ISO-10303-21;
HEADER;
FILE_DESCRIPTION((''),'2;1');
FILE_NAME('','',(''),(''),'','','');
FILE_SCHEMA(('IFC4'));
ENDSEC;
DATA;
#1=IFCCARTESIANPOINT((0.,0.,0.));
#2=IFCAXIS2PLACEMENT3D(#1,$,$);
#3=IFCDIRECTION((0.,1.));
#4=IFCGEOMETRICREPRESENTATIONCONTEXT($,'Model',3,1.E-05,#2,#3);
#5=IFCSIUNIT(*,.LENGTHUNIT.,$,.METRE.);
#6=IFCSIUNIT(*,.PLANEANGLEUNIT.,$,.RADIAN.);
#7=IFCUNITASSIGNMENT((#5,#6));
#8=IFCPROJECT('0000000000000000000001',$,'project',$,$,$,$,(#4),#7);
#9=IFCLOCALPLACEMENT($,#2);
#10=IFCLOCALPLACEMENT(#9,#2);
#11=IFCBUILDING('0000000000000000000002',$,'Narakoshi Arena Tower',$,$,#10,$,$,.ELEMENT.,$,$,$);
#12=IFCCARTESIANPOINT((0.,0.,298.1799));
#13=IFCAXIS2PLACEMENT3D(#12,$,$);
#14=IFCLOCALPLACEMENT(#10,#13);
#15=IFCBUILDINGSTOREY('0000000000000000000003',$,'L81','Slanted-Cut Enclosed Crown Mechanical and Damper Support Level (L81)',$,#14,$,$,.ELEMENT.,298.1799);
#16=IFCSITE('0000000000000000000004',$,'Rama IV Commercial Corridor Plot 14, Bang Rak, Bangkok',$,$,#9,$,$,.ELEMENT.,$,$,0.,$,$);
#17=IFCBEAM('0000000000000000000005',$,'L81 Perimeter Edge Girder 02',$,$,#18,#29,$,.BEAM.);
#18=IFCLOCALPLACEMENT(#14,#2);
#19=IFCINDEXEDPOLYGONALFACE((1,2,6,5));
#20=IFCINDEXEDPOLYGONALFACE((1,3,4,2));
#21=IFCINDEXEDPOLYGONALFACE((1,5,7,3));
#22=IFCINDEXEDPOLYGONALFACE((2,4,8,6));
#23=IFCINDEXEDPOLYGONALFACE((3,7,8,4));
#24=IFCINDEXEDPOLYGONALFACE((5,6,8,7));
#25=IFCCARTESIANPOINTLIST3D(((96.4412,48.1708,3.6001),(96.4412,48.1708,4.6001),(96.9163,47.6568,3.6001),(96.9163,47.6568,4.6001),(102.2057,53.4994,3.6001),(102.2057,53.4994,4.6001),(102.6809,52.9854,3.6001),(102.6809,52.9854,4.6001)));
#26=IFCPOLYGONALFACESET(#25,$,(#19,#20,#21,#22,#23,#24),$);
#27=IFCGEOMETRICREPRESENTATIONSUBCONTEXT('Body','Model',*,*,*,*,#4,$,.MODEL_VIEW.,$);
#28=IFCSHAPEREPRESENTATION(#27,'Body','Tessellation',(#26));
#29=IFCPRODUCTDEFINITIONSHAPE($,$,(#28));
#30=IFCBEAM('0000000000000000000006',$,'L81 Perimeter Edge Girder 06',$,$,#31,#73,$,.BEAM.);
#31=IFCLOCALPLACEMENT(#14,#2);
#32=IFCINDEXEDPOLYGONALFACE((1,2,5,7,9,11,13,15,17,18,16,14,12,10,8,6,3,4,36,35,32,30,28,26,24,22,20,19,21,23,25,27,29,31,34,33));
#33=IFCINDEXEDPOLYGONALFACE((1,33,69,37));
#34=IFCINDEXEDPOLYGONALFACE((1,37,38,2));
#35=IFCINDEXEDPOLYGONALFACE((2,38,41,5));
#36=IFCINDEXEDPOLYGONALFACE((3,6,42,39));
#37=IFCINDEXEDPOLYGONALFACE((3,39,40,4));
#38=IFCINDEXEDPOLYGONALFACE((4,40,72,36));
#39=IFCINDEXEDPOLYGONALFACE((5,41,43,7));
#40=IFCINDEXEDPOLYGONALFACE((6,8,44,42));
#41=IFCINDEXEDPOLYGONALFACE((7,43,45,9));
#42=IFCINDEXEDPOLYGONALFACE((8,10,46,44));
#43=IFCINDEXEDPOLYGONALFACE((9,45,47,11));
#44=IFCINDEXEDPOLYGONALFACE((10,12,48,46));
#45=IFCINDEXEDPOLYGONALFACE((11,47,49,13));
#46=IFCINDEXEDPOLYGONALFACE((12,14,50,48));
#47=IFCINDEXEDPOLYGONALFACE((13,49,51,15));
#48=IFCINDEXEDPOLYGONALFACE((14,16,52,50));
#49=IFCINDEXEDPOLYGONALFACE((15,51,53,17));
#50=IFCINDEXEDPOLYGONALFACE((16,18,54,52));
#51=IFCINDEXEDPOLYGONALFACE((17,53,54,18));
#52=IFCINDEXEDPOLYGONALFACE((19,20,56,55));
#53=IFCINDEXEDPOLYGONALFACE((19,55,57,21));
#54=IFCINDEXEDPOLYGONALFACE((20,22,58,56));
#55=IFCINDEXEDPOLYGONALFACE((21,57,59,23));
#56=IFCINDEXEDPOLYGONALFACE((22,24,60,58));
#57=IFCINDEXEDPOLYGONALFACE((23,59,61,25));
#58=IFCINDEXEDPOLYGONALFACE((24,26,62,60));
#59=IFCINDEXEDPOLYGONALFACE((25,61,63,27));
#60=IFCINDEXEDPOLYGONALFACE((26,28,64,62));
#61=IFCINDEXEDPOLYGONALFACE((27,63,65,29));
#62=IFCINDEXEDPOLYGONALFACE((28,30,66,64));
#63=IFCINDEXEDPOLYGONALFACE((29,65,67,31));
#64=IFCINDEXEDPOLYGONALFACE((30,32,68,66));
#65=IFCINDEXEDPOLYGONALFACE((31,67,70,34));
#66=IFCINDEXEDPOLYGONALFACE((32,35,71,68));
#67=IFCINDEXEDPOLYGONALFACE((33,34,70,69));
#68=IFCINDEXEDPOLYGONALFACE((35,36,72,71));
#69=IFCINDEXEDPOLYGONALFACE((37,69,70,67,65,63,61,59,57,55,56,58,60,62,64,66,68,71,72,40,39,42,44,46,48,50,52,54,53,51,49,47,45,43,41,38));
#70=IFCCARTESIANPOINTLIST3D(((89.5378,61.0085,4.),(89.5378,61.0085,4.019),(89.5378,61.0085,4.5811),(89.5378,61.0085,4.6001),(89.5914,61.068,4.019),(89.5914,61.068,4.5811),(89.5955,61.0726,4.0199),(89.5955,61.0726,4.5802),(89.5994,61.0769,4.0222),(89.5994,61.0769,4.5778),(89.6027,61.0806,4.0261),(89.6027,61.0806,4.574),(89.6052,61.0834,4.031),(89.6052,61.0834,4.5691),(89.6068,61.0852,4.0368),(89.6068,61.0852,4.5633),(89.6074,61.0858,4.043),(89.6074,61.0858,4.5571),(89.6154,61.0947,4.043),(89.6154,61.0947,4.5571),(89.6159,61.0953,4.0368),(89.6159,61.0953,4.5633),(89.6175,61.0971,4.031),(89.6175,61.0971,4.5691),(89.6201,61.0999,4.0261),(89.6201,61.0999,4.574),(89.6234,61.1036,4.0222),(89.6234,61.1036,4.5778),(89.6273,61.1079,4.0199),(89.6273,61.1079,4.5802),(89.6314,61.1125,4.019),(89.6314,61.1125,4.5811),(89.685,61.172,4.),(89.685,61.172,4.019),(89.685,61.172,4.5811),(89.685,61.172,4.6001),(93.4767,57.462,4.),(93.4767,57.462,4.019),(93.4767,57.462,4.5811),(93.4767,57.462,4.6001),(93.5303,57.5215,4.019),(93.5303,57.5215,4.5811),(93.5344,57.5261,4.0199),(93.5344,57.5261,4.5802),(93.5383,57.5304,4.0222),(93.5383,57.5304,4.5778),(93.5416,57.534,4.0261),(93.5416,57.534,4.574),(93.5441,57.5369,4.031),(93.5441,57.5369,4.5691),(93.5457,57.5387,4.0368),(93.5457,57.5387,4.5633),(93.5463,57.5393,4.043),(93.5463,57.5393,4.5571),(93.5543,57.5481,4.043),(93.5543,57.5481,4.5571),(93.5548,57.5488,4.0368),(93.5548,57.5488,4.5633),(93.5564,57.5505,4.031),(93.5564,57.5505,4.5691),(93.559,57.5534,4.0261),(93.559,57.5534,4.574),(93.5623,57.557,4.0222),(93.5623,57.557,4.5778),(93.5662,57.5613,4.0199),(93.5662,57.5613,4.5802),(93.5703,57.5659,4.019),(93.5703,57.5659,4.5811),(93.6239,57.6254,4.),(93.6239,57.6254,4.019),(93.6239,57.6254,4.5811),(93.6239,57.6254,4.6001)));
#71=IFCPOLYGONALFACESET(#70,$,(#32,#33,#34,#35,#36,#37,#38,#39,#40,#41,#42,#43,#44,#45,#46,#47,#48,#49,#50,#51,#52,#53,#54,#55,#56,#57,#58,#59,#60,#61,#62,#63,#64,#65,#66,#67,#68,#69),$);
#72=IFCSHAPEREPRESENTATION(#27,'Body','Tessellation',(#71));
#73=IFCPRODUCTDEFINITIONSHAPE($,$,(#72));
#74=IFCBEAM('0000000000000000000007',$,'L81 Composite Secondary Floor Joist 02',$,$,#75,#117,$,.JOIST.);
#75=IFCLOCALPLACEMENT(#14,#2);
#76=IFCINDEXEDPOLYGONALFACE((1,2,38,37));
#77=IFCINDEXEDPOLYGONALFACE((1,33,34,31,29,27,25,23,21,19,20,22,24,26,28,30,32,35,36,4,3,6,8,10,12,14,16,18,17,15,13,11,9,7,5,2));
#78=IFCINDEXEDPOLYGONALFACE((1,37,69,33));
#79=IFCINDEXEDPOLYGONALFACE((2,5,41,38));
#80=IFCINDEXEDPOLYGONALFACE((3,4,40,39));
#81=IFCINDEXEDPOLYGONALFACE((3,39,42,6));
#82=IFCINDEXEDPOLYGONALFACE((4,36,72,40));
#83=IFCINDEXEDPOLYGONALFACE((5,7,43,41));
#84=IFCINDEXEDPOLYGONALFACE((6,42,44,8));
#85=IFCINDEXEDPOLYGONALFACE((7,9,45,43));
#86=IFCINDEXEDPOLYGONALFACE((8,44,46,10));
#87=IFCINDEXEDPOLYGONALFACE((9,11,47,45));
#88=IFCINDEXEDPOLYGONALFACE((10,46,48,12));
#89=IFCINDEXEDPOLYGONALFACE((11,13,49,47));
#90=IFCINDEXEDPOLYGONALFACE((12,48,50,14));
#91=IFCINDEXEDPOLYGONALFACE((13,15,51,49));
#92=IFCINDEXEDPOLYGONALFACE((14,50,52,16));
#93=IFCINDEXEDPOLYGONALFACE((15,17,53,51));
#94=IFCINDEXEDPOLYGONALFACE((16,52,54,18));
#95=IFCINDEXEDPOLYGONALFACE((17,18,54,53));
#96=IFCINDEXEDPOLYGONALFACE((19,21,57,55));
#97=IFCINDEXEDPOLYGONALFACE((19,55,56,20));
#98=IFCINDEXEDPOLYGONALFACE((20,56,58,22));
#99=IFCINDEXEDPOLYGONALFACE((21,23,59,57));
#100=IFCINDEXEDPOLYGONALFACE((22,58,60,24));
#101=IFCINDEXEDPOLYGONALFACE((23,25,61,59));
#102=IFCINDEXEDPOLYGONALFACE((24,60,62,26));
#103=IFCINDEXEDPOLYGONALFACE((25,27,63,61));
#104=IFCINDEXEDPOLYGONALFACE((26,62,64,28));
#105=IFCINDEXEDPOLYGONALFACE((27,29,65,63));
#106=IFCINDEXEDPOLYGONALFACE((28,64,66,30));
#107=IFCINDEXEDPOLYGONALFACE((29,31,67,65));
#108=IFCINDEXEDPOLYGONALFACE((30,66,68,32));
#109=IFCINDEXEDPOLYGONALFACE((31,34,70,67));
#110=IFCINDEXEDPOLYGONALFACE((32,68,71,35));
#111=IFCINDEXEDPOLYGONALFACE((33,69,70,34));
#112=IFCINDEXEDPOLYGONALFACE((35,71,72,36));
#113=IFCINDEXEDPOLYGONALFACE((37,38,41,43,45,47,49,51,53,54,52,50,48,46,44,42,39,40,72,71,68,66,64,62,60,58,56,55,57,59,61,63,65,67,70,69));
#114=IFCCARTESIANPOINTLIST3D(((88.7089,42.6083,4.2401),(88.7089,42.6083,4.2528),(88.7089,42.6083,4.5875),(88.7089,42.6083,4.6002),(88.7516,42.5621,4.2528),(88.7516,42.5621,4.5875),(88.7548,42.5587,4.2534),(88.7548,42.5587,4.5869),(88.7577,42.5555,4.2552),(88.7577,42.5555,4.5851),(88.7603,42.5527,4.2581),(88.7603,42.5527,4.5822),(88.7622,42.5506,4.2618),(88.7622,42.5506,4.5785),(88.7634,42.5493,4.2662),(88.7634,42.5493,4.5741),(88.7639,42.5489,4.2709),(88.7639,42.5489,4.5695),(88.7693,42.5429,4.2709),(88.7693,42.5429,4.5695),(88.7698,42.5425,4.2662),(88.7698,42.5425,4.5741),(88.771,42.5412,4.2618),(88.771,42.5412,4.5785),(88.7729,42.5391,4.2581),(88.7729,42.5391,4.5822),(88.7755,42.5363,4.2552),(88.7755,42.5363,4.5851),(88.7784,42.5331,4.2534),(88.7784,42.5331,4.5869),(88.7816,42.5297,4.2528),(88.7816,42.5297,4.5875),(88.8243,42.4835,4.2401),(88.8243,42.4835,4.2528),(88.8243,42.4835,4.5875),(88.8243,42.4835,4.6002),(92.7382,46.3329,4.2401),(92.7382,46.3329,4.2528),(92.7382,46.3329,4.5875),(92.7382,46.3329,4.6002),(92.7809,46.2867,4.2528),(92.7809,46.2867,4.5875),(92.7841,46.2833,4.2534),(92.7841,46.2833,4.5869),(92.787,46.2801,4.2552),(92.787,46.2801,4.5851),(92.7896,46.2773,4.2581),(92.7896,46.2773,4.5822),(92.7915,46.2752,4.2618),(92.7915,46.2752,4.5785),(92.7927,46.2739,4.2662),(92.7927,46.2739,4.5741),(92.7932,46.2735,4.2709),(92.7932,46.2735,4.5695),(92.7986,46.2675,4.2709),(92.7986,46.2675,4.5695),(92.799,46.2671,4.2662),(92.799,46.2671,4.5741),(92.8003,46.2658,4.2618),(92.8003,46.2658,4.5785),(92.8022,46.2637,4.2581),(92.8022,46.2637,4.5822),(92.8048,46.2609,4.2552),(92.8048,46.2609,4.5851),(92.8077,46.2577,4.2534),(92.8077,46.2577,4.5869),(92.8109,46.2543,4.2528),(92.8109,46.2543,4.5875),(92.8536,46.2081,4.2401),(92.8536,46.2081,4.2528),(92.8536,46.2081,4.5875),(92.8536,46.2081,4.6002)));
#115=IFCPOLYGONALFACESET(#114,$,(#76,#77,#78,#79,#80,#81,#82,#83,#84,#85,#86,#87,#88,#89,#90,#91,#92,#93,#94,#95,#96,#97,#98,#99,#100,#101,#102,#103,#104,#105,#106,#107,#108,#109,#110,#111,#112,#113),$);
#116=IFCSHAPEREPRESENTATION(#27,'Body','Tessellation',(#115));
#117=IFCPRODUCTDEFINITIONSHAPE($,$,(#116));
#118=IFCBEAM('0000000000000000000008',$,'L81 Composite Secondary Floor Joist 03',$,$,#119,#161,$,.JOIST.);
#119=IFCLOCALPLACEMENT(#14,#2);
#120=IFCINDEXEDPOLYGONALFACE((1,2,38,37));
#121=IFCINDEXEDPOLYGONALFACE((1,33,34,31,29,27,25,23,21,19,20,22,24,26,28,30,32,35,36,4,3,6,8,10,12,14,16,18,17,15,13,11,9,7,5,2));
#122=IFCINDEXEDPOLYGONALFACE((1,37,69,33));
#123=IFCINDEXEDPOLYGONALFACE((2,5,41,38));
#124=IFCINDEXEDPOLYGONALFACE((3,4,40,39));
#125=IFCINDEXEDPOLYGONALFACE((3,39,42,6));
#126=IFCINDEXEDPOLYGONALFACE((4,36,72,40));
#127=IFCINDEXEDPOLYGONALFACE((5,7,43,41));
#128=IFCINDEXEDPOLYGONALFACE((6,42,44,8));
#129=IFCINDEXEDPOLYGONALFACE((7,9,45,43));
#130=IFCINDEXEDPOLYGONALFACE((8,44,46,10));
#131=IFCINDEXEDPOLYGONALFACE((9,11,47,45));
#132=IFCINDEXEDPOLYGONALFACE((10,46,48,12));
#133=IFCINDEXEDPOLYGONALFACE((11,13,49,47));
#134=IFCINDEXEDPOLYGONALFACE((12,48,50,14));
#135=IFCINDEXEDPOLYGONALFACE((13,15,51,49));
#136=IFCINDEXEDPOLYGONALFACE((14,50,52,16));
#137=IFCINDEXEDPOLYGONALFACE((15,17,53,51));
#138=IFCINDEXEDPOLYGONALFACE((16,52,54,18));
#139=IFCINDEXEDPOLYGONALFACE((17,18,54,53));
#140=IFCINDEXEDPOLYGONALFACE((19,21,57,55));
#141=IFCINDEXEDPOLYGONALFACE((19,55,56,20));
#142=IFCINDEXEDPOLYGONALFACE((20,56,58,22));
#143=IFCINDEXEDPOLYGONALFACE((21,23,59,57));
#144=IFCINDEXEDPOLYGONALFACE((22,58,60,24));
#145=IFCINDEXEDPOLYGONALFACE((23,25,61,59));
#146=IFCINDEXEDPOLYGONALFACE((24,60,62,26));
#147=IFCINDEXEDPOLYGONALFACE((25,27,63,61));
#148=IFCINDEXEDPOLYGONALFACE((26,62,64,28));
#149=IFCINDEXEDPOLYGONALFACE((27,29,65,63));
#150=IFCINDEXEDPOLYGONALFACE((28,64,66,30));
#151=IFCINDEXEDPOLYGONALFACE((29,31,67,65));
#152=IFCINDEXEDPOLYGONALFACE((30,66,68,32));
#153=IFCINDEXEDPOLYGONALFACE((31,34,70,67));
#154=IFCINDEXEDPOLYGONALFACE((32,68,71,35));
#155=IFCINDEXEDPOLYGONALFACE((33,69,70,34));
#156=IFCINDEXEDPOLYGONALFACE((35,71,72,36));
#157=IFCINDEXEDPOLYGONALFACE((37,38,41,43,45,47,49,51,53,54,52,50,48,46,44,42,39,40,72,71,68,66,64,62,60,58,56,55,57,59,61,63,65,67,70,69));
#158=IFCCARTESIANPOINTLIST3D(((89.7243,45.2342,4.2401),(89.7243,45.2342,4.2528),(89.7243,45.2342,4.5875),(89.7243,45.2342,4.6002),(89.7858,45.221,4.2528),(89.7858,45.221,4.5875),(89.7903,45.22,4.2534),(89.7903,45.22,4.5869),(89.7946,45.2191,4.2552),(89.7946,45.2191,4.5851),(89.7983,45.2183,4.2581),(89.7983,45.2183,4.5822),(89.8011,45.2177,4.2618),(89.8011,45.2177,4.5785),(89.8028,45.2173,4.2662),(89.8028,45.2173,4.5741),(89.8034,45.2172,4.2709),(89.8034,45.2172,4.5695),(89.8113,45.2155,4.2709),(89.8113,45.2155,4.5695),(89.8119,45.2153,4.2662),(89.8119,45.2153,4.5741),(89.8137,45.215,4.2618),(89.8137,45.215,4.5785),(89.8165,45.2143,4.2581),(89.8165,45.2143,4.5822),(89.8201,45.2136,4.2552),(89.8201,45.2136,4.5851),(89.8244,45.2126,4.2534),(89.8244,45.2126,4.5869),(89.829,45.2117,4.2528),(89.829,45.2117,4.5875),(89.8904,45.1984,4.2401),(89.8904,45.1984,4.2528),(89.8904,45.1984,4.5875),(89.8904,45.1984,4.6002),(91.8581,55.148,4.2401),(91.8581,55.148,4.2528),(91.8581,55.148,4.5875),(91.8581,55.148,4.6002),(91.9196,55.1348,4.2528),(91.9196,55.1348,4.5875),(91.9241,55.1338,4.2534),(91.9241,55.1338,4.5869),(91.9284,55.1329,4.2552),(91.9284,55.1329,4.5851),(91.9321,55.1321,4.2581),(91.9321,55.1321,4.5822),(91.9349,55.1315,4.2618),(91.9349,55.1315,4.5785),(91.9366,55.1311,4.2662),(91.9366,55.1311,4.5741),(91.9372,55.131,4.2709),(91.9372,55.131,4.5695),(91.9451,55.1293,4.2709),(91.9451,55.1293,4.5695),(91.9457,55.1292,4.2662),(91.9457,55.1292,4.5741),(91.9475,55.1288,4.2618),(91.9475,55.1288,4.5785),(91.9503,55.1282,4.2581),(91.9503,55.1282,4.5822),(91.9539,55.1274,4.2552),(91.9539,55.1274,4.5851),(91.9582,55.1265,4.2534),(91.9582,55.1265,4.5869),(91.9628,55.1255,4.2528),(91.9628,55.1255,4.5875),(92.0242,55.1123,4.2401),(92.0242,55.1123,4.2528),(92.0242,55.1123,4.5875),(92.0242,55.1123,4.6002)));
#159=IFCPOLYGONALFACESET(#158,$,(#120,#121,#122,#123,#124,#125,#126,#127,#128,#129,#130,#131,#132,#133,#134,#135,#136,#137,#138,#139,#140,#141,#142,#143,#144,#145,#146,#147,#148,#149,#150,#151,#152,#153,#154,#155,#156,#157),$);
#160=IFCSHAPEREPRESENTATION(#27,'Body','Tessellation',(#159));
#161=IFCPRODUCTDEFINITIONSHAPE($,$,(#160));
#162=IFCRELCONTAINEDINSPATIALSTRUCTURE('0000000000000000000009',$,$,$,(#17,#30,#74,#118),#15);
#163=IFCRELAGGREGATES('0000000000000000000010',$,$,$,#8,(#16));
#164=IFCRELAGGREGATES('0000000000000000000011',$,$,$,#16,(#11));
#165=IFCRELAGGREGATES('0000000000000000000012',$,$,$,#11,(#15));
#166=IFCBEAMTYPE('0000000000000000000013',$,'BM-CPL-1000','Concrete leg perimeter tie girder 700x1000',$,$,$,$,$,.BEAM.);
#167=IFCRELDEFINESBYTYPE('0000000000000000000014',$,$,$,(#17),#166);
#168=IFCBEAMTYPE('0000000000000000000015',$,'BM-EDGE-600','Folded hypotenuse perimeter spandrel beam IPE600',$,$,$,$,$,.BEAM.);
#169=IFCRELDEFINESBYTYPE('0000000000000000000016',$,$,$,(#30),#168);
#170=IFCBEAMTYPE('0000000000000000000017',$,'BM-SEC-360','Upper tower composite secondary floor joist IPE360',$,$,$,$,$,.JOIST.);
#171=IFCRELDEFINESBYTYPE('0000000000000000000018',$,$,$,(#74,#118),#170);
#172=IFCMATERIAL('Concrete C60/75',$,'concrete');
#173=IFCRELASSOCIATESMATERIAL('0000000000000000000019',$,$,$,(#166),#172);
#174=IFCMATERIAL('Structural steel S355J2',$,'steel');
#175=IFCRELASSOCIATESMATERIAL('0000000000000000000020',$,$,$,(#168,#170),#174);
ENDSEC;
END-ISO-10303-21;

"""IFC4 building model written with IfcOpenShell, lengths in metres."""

from ifc_helpers import new_model, si_unit, direction, frame, origin, origin_2d, place, context, subcontext, project, spatial, rectangle, i_section, extrude, material, material_profile, profile_set, type_object, element, save


model = new_model("IFC4")

# Units and contexts
model_context = context("Model", 3, precision=1e-05, world=origin(), true_north=direction((0.0, 1.0)))
body_context = subcontext(model_context, "Body", "Model", "MODEL_VIEW")
ifc_project = project(units=[si_unit("LENGTHUNIT", "METRE"), si_unit("PLANEANGLEUNIT", "RADIAN")], contexts=[model_context])

# Site, building, storey
site_placement = place(None, origin())
site = spatial("IfcSite", under=ifc_project, at=site_placement, Name="Rama IV Commercial Corridor Plot 14, Bang Rak, Bangkok", CompositionType="ELEMENT", RefElevation=0.0)
building_placement = place(site_placement, origin())
building = spatial("IfcBuilding", under=site, at=building_placement, Name="Narakoshi Arena Tower", CompositionType="ELEMENT")
storey_placement = place(building_placement, frame((0.0, 0.0, 298.1799)))
storey = spatial("IfcBuildingStorey", under=building, at=storey_placement, Name="L81", Description="Slanted-Cut Enclosed Crown Mechanical and Damper Support Level (L81)", CompositionType="ELEMENT", Elevation=298.1799)

# Shared definitions
ifc_material_1 = material(Name="Structural steel S355J2", Category="steel")

# Beams
ifc_material_2 = material(Name="Concrete C60/75", Category="concrete")
ifc_material_profile_1 = material_profile(ifc_material_2, rectangle(XDim=0.7, YDim=1.0, at=origin_2d()), Name="RCB700x1000")
ifc_profile_set_1 = profile_set([ifc_material_profile_1], Name="Concrete C60/75")
beam_type_1 = type_object("IfcBeamType", Name="BM-CPL-1000", Description="Concrete leg perimeter tie girder 700x1000", PredefinedType="BEAM", material=ifc_profile_set_1)
beam_1_placement = place(storey_placement, frame((96.6787, 47.9138, 4.1001), z_axis=(0.734333, 0.678789, 0.0), x_axis=(-0.678789, 0.734333, 0.0)))
element("IfcBeam", 1, at=beam_1_placement, inside=storey, type_object=beam_type_1, Name="L81 Perimeter Edge Girder 02", PredefinedType="BEAM", context=body_context, shape_type="SweptSolid", body=[
    extrude(rectangle(XDim=0.7, YDim=1.0, at=origin_2d()), origin(), (0.0, 0.0, 1.0), 7.8501),
])
ifc_material_profile_2 = material_profile(ifc_material_1, i_section(OverallWidth=0.22, OverallDepth=0.6001, WebThickness=0.012, FlangeThickness=0.019, FilletRadius=0.0239, at=origin_2d()), Name="IPE600")
ifc_profile_set_2 = profile_set([ifc_material_profile_2], Name="Structural steel S355J2")
beam_type_2 = type_object("IfcBeamType", Name="BM-EDGE-600", Description="Folded hypotenuse perimeter spandrel beam IPE600", PredefinedType="BEAM", material=ifc_profile_set_2)
beam_2_placement = place(storey_placement, frame((93.5503, 57.5437, 4.3), z_axis=(-0.743148, 0.669128, 0.0), x_axis=(-0.669128, -0.743148, 0.0)))
element("IfcBeam", 2, at=beam_2_placement, inside=storey, type_object=beam_type_2, Name="L81 Perimeter Edge Girder 06", PredefinedType="BEAM", context=body_context, shape_type="SweptSolid", body=[
    extrude(i_section(OverallWidth=0.22, OverallDepth=0.6001, WebThickness=0.012, FlangeThickness=0.019, FilletRadius=0.0239, at=origin_2d()), origin(), (0.0, 0.0, 1.0), 5.3003),
])
ifc_material_profile_3 = material_profile(ifc_material_1, i_section(OverallWidth=0.1699, OverallDepth=0.3601, WebThickness=0.0081, FlangeThickness=0.0127, FilletRadius=0.0181, at=origin_2d()), Name="IPE360")
ifc_profile_set_3 = profile_set([ifc_material_profile_3], Name="Structural steel S355J2")
beam_type_3 = type_object("IfcBeamType", Name="BM-SEC-360", Description="Upper tower composite secondary floor joist IPE360", PredefinedType="JOIST", material=ifc_profile_set_3)
beam_3_placement = place(storey_placement, frame((88.7666, 42.5459, 4.4202), z_axis=(0.734326, 0.678797, 0.0), x_axis=(-0.678797, 0.734326, 0.0)))
element("IfcBeam", 3, at=beam_3_placement, inside=storey, type_object=beam_type_3, Name="L81 Composite Secondary Floor Joist 02", PredefinedType="JOIST", context=body_context, shape_type="SweptSolid", body=[
    extrude(i_section(OverallWidth=0.1699, OverallDepth=0.3601, WebThickness=0.0081, FlangeThickness=0.0127, FilletRadius=0.0181, at=origin_2d()), origin(), (0.0, 0.0, 1.0), 5.4871),
])
beam_4_placement = place(storey_placement, frame((89.8074, 45.2163, 4.4202), z_axis=(0.210415, 0.977612, 0.0), x_axis=(-0.977612, 0.210415, 0.0)))
element("IfcBeam", 4, at=beam_4_placement, inside=storey, type_object=beam_type_3, Name="L81 Composite Secondary Floor Joist 03", PredefinedType="JOIST", context=body_context, shape_type="SweptSolid", body=[
    extrude(i_section(OverallWidth=0.1699, OverallDepth=0.3601, WebThickness=0.0081, FlangeThickness=0.0127, FilletRadius=0.0181, at=origin_2d()), origin(), (0.0, 0.0, 1.0), 10.1409),
])

save(model, "model.ifc")
